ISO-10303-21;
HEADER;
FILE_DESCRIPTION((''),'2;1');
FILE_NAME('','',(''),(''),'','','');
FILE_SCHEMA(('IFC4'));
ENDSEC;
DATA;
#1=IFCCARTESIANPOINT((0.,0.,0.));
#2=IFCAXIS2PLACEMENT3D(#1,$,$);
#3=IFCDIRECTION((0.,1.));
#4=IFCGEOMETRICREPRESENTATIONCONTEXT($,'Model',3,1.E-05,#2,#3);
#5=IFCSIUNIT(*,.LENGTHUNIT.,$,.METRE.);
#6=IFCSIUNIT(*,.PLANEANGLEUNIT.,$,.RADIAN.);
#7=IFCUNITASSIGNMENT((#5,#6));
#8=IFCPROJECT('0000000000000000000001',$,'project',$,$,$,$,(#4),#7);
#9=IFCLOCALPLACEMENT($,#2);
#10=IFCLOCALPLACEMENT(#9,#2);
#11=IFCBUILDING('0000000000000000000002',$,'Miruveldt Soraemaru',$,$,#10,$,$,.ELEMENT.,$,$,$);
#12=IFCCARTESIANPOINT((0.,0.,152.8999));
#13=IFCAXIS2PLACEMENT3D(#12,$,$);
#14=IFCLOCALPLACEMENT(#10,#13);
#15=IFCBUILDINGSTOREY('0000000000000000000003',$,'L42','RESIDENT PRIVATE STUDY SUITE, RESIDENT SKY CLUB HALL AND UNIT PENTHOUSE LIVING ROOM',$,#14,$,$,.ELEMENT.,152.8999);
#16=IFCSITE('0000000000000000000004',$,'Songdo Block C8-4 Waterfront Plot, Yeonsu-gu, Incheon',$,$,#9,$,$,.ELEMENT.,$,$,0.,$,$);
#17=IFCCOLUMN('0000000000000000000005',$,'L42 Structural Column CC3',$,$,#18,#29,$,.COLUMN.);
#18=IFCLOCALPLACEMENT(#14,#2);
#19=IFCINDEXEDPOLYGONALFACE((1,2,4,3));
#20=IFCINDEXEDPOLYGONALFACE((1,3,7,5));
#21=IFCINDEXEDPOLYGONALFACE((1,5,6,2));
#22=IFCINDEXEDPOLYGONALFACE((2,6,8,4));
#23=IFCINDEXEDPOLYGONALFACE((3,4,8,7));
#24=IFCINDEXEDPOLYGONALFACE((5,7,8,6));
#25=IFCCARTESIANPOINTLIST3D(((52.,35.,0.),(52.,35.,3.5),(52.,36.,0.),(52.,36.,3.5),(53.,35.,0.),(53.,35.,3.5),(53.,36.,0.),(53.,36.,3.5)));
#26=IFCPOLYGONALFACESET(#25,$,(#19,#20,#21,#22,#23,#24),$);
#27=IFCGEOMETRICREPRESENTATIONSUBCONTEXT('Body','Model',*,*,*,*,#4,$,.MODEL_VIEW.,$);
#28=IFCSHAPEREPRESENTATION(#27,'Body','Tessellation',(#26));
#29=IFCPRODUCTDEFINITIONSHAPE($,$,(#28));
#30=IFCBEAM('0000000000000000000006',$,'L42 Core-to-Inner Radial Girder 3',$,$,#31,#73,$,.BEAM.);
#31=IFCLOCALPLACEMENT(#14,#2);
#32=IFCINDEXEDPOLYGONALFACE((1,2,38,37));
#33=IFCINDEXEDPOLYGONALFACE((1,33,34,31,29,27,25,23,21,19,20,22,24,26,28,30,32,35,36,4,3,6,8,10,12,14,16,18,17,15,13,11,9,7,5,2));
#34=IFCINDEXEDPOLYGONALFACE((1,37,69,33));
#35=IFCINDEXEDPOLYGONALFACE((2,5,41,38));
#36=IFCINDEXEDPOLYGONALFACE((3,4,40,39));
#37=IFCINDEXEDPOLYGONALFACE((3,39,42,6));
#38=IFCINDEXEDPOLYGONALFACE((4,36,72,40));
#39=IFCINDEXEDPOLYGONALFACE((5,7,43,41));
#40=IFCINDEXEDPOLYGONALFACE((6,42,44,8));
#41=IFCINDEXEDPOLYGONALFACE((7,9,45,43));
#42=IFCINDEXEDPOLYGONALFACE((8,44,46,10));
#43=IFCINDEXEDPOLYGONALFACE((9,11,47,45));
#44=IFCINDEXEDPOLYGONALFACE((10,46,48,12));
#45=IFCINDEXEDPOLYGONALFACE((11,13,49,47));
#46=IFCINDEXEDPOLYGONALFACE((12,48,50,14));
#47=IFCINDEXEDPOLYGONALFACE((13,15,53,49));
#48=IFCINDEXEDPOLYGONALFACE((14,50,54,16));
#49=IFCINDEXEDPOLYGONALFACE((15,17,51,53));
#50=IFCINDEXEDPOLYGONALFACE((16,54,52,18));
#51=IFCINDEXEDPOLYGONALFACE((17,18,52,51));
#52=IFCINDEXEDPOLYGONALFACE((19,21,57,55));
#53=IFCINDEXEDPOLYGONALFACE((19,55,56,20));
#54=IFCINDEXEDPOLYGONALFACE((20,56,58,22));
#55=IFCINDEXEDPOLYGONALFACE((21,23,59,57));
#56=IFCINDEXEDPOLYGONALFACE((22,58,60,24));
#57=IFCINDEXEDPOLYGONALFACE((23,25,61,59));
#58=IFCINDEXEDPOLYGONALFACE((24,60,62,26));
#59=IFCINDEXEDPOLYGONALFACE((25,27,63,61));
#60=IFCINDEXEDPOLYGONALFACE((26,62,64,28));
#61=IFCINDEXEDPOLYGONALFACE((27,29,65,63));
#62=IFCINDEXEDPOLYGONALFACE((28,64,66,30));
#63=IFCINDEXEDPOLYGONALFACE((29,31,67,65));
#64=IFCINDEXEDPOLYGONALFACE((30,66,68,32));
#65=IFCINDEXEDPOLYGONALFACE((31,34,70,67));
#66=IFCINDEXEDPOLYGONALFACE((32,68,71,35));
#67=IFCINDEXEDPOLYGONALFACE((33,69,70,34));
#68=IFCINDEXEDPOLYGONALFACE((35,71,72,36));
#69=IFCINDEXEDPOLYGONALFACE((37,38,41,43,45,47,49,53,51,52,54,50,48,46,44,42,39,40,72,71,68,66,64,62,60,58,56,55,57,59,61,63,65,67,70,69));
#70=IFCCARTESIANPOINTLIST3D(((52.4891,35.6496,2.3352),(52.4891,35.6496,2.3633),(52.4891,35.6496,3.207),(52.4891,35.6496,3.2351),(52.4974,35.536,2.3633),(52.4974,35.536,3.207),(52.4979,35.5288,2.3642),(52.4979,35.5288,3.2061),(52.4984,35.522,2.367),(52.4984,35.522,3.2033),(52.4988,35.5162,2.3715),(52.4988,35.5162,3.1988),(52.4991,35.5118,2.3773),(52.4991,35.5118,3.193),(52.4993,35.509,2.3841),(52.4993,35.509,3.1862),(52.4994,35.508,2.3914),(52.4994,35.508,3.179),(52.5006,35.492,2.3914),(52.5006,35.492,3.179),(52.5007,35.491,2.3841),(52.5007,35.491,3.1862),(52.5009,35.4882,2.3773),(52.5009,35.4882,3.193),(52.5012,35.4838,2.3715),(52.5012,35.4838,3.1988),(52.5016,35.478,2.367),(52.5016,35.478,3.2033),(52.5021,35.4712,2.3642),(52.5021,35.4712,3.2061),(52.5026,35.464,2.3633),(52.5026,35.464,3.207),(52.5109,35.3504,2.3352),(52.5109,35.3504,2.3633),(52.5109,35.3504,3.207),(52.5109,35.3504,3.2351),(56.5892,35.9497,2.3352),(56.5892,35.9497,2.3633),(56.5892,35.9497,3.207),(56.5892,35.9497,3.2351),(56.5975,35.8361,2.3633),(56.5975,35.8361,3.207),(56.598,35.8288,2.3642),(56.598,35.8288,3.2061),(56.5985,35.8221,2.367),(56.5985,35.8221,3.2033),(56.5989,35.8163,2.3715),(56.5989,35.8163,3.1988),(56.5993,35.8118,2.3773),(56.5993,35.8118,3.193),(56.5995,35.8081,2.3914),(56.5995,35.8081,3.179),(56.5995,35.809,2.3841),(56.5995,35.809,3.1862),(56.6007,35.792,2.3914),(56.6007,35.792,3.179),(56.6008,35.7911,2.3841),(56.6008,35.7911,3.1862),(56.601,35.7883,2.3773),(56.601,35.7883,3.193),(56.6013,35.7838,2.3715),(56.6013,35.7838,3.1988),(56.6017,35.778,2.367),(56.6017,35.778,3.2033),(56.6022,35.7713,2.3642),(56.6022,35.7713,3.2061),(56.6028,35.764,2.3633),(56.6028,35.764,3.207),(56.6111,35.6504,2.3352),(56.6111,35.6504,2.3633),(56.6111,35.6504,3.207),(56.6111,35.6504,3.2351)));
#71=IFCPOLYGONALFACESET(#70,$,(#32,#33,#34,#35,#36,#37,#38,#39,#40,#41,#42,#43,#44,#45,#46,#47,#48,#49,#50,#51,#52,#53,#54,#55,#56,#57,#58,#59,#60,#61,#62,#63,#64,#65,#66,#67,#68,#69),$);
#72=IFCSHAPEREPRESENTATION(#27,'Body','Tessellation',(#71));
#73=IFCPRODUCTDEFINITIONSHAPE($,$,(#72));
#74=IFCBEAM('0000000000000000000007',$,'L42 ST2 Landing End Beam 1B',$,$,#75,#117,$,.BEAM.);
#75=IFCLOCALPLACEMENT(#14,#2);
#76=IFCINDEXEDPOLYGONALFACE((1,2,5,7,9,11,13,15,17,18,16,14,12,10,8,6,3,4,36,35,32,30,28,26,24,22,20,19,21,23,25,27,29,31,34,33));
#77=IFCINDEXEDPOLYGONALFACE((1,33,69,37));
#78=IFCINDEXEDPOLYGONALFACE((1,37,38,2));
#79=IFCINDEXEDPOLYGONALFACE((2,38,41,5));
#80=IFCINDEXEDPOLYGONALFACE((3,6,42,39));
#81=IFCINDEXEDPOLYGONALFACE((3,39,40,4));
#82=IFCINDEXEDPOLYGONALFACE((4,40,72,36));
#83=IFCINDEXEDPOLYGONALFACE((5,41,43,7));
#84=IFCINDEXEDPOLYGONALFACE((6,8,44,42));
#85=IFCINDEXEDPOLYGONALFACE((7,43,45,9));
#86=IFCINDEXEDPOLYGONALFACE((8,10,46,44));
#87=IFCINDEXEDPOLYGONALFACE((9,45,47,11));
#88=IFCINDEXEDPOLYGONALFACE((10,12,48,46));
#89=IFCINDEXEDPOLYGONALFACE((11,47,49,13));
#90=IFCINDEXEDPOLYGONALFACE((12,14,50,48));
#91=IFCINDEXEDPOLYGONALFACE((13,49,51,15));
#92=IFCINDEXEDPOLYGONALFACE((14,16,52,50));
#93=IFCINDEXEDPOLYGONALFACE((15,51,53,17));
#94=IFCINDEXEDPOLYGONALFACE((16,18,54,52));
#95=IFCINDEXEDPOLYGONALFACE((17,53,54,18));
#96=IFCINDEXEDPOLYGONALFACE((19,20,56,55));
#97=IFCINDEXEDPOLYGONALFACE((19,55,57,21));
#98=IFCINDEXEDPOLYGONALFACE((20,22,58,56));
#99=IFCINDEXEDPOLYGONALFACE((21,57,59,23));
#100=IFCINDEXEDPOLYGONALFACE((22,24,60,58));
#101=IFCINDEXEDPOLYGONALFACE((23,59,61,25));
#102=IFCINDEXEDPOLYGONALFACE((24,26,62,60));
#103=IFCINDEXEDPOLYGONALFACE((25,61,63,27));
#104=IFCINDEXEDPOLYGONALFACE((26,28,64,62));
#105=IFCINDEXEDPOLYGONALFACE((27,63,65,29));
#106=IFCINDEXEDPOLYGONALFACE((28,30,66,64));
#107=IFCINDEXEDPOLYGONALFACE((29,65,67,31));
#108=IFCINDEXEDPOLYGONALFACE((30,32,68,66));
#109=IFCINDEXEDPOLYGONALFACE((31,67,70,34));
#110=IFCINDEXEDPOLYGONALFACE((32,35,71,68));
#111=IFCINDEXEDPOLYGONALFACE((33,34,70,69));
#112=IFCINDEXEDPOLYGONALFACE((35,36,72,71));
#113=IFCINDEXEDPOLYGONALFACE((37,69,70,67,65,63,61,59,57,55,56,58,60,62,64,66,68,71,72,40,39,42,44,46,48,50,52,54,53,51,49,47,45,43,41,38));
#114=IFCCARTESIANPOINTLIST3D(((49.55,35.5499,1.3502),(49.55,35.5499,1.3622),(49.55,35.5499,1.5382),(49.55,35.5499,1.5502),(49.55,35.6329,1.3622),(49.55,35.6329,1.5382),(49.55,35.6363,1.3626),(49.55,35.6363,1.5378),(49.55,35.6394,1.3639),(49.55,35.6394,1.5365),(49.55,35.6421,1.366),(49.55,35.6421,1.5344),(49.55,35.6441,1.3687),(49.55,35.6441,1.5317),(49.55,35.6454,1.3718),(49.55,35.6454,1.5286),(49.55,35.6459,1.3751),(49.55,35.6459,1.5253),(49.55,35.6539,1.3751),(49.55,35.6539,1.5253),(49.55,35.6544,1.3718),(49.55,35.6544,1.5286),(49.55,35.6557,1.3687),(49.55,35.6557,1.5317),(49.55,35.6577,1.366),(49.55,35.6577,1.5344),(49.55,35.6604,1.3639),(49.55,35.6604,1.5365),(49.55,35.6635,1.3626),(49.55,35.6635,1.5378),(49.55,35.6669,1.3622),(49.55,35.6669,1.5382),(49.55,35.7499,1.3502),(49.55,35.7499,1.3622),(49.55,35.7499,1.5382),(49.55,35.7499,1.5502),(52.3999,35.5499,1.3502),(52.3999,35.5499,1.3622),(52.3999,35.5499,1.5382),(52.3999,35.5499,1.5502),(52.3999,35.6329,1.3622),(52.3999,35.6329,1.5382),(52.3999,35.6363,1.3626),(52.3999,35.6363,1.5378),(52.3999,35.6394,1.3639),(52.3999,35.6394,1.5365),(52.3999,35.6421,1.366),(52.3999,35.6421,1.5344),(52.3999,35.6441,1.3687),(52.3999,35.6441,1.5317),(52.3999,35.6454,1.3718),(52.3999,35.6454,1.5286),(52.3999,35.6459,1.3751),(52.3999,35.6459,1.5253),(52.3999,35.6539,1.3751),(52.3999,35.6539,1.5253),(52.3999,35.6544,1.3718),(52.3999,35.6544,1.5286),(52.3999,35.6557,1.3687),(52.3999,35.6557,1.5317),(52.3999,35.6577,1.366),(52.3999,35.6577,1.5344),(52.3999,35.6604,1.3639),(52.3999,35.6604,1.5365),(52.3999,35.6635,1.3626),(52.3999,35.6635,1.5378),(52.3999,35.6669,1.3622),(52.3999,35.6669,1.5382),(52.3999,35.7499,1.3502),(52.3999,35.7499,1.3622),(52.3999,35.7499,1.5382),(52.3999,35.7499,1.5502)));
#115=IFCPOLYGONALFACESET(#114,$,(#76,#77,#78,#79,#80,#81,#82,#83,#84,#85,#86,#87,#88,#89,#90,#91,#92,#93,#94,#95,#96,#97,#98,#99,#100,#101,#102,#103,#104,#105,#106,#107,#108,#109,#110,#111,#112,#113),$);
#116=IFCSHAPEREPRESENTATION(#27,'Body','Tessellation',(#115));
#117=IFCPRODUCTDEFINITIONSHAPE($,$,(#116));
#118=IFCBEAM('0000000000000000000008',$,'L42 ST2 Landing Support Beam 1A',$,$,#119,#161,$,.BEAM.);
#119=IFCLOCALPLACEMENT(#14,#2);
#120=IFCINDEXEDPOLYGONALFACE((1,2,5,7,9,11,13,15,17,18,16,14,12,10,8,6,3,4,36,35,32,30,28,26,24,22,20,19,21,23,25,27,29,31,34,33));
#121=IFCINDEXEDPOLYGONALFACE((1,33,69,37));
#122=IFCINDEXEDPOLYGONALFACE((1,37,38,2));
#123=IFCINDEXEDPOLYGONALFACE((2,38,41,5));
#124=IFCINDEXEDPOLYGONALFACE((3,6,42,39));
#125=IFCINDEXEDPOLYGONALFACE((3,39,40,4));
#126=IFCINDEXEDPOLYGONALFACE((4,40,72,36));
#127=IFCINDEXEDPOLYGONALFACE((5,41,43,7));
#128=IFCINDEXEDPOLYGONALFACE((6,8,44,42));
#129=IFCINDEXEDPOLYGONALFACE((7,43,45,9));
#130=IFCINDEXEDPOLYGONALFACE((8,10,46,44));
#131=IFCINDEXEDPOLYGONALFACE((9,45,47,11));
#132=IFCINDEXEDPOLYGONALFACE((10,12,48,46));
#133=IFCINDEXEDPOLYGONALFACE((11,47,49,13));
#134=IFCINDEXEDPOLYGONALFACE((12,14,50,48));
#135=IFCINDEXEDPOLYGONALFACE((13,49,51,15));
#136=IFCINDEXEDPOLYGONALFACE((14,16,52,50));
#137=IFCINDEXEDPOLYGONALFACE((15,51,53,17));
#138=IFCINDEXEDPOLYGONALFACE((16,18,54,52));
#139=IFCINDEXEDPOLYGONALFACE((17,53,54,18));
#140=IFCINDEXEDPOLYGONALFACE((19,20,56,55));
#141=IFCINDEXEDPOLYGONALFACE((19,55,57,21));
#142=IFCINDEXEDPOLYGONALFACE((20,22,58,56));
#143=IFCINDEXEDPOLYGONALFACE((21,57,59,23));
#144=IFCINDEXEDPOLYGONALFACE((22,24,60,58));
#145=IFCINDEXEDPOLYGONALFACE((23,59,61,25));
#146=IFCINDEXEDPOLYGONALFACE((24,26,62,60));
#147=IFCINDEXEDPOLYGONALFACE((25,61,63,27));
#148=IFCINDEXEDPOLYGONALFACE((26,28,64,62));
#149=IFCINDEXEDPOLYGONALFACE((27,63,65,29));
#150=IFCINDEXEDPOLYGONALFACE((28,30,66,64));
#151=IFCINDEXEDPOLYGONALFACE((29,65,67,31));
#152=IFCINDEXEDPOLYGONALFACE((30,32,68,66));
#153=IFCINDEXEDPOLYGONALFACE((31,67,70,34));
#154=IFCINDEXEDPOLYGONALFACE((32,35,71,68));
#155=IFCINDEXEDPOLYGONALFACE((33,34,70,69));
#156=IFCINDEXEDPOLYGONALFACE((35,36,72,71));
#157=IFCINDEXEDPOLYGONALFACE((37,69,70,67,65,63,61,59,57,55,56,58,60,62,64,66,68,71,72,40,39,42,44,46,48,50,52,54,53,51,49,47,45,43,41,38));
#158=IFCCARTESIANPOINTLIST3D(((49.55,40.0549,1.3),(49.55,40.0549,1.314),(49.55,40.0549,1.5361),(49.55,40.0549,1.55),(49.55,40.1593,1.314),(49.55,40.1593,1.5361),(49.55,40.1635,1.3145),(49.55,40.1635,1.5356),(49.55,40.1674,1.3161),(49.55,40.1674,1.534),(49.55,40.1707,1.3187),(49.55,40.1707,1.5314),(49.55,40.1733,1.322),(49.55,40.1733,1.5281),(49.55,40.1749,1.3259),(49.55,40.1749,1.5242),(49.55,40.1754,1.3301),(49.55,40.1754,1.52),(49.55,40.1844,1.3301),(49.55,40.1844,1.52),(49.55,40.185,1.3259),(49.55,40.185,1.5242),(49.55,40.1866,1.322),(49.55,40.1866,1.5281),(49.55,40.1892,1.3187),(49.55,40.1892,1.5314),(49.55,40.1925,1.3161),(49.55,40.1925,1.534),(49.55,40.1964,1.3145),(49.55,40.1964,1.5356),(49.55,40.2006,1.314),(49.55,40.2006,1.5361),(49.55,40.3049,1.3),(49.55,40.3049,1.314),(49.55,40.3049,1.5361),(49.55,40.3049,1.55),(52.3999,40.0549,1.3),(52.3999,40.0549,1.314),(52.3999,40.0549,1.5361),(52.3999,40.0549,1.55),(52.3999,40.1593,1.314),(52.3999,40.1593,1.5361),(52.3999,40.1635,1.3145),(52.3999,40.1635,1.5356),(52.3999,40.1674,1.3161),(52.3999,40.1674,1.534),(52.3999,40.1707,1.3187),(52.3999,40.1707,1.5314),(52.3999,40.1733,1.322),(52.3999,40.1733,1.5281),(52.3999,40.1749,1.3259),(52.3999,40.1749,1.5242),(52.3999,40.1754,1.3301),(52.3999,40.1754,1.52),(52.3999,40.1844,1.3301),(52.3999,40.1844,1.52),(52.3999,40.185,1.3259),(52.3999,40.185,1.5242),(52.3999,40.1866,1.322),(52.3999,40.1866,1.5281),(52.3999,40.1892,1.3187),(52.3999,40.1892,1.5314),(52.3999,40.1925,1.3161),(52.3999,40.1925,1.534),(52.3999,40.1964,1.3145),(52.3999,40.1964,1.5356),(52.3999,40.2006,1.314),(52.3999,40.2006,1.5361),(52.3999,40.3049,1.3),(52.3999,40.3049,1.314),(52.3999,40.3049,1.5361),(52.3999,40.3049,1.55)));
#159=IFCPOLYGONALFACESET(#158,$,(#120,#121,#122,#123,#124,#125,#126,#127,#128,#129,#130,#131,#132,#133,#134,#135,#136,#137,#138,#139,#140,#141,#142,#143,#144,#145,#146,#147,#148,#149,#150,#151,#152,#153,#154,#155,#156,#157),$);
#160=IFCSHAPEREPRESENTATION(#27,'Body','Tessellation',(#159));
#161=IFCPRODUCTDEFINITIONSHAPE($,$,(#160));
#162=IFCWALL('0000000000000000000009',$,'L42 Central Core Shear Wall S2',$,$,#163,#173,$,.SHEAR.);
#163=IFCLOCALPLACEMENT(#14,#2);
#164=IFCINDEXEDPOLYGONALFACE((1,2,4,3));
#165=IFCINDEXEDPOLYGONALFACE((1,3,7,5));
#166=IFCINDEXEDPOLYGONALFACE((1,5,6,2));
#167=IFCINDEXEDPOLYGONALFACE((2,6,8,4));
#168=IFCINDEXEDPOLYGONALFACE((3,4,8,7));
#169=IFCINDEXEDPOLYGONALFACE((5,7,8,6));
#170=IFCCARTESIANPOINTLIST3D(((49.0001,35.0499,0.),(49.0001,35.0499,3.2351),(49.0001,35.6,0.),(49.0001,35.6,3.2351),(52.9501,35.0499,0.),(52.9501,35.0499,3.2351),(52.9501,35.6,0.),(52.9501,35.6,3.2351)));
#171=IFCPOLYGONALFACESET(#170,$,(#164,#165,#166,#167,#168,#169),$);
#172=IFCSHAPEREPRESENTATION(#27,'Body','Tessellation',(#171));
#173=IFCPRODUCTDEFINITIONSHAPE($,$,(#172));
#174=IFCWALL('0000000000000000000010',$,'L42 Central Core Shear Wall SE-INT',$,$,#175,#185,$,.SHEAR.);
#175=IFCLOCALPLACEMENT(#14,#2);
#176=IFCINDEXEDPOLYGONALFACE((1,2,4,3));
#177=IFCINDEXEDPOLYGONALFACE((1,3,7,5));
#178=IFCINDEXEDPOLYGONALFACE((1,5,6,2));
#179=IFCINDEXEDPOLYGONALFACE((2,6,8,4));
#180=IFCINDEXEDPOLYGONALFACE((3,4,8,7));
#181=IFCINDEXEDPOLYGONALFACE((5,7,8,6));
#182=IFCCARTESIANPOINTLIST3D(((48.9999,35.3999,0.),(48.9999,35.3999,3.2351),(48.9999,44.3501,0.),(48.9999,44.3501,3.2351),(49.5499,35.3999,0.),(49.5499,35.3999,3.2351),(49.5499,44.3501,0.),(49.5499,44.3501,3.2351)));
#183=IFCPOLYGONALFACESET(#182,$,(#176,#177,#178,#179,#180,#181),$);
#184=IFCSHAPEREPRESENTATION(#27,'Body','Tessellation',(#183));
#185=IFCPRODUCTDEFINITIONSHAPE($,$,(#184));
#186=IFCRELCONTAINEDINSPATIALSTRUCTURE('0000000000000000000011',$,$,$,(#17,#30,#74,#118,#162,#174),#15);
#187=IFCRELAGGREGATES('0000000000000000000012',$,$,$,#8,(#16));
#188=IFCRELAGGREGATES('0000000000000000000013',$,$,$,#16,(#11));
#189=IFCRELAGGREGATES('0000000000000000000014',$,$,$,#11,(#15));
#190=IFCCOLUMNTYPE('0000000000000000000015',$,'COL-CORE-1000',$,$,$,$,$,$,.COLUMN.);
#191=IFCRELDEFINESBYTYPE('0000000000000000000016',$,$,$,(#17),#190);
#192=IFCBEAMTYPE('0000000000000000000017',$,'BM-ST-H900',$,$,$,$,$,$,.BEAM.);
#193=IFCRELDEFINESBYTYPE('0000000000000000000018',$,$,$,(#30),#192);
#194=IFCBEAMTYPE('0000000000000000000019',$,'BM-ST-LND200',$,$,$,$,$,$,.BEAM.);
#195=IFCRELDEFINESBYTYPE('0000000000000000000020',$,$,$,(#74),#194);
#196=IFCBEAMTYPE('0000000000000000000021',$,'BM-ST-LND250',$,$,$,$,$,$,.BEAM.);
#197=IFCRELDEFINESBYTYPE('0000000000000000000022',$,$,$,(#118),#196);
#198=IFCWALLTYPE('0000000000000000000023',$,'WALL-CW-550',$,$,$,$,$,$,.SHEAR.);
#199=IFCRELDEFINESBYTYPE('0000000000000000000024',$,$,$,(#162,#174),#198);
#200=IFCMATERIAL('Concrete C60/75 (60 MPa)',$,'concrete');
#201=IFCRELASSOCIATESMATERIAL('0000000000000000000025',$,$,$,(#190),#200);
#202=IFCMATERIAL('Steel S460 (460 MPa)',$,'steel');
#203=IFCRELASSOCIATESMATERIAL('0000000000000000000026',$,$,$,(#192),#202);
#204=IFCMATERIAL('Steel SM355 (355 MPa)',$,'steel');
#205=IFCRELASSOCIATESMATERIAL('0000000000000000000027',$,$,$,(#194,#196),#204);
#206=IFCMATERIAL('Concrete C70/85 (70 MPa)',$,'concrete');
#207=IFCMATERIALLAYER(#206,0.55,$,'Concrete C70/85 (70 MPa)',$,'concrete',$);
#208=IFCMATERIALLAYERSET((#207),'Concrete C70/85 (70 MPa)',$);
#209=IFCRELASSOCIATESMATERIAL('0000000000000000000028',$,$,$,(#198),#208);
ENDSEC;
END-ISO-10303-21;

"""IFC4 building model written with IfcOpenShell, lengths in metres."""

from ifc_helpers import new_model, si_unit, direction, frame, frame_2d, origin, origin_2d, place, context, subcontext, project, spatial, rectangle, i_section, extrude, material, layer, layer_set, material_profile, profile_set, type_object, element, save


model = new_model("IFC4")

# Units and contexts
model_context = context("Model", 3, precision=1e-05, world=origin(), true_north=direction((0.0, 1.0)))
body_context = subcontext(model_context, "Body", "Model", "MODEL_VIEW")
ifc_project = project(units=[si_unit("LENGTHUNIT", "METRE"), si_unit("PLANEANGLEUNIT", "RADIAN")], contexts=[model_context])

# Site, building, storey
site_placement = place(None, origin())
site = spatial("IfcSite", under=ifc_project, at=site_placement, Name="Songdo Block C8-4 Waterfront Plot, Yeonsu-gu, Incheon", CompositionType="ELEMENT", RefElevation=0.0)
building_placement = place(site_placement, origin())
building = spatial("IfcBuilding", under=site, at=building_placement, Name="Miruveldt Soraemaru", CompositionType="ELEMENT")
storey_placement = place(building_placement, frame((0.0, 0.0, 152.8999)))
storey = spatial("IfcBuildingStorey", under=building, at=storey_placement, Name="L42", Description="RESIDENT PRIVATE STUDY SUITE, RESIDENT SKY CLUB HALL AND UNIT PENTHOUSE LIVING ROOM", CompositionType="ELEMENT", Elevation=152.8999)

# Column
ifc_material_1 = material(Name="Concrete C60/75 (60 MPa)", Category="concrete")
ifc_material_profile_1 = material_profile(ifc_material_1, rectangle(XDim=1.0, YDim=1.0, at=origin_2d()), Name="Concrete C60/75 (60 MPa)", Category="concrete")
ifc_profile_set_1 = profile_set([ifc_material_profile_1], Name="Concrete C60/75 (60 MPa)")
column_type = type_object("IfcColumnType", Name="COL-CORE-1000", PredefinedType="COLUMN", material=ifc_profile_set_1)
column_placement = place(storey_placement, frame((52.5, 35.5, 0.0), z_axis=(0.0, 0.0, 1.0), x_axis=(1.0, 0.0, 0.0)))
element("IfcColumn", 1, at=column_placement, inside=storey, type_object=column_type, Name="L42 Structural Column CC3", PredefinedType="COLUMN", context=body_context, shape_type="SweptSolid", body=[
    extrude(rectangle(XDim=1.0, YDim=1.0, at=origin_2d()), origin(), (0.0, 0.0, 1.0), 3.5),
])

# Beams
ifc_material_2 = material(Name="Steel S460 (460 MPa)", Category="steel")
ifc_material_profile_2 = material_profile(ifc_material_2, i_section(OverallWidth=0.3, OverallDepth=0.8999, WebThickness=0.0161, FlangeThickness=0.0281, FilletRadius=0.0281, at=origin_2d()), Name="Steel S460 (460 MPa)", Category="steel")
ifc_profile_set_2 = profile_set([ifc_material_profile_2], Name="Steel S460 (460 MPa)")
beam_type_1 = type_object("IfcBeamType", Name="BM-ST-H900", PredefinedType="BEAM", material=ifc_profile_set_2)
beam_1_placement = place(storey_placement, frame((52.5, 35.5, 2.7852), z_axis=(0.997333, 0.072986, 0.0), x_axis=(-0.072986, 0.997333, 0.0)))
element("IfcBeam", 2, at=beam_1_placement, inside=storey, type_object=beam_type_1, Name="L42 Core-to-Inner Radial Girder 3", PredefinedType="BEAM", context=body_context, shape_type="SweptSolid", body=[
    extrude(i_section(OverallWidth=0.3, OverallDepth=0.8999, WebThickness=0.0161, FlangeThickness=0.0281, FilletRadius=0.0281, at=origin_2d()), origin(), (0.0, 0.0, 1.0), 4.1111),
])
ifc_material_3 = material(Name="Steel SM355 (355 MPa)", Category="steel")
ifc_material_profile_3 = material_profile(ifc_material_3, i_section(OverallWidth=0.2, OverallDepth=0.2, WebThickness=0.0081, FlangeThickness=0.012, FilletRadius=0.0129, at=origin_2d()), Name="Steel SM355 (355 MPa)", Category="steel")
ifc_profile_set_3 = profile_set([ifc_material_profile_3], Name="Steel SM355 (355 MPa)")
beam_type_2 = type_object("IfcBeamType", Name="BM-ST-LND200", PredefinedType="BEAM", material=ifc_profile_set_3)
beam_2_placement = place(storey_placement, frame((49.55, 35.6499, 1.4502), z_axis=(1.0, 0.0, 0.0), x_axis=(0.0, 1.0, 0.0)))
element("IfcBeam", 3, at=beam_2_placement, inside=storey, type_object=beam_type_2, Name="L42 ST2 Landing End Beam 1B", PredefinedType="BEAM", context=body_context, shape_type="SweptSolid", body=[
    extrude(i_section(OverallWidth=0.2, OverallDepth=0.2, WebThickness=0.0081, FlangeThickness=0.012, FilletRadius=0.0129, at=origin_2d()), origin(), (0.0, 0.0, 1.0), 2.8499),
])
ifc_material_profile_4 = material_profile(ifc_material_3, i_section(OverallWidth=0.25, OverallDepth=0.25, WebThickness=0.009, FlangeThickness=0.0139, FilletRadius=0.0161, at=origin_2d()), Name="Steel SM355 (355 MPa)", Category="steel")
ifc_profile_set_4 = profile_set([ifc_material_profile_4], Name="Steel SM355 (355 MPa)")
beam_type_3 = type_object("IfcBeamType", Name="BM-ST-LND250", PredefinedType="BEAM", material=ifc_profile_set_4)
beam_3_placement = place(storey_placement, frame((49.55, 40.1799, 1.425), z_axis=(1.0, 0.0, 0.0), x_axis=(0.0, 1.0, 0.0)))
element("IfcBeam", 4, at=beam_3_placement, inside=storey, type_object=beam_type_3, Name="L42 ST2 Landing Support Beam 1A", PredefinedType="BEAM", context=body_context, shape_type="SweptSolid", body=[
    extrude(i_section(OverallWidth=0.25, OverallDepth=0.25, WebThickness=0.009, FlangeThickness=0.0139, FilletRadius=0.0161, at=origin_2d()), origin(), (0.0, 0.0, 1.0), 2.8499),
])

# Walls
ifc_material_4 = material(Name="Concrete C70/85 (70 MPa)", Category="concrete")
ifc_layer_1 = layer(ifc_material_4, 0.55, Name="Concrete C70/85 (70 MPa)", Category="concrete")
ifc_layer_set_1 = layer_set([ifc_layer_1], Name="Concrete C70/85 (70 MPa)")
wall_type_1 = type_object("IfcWallType", Name="WALL-CW-550", PredefinedType="SHEAR", material=ifc_layer_set_1)
wall_1_placement = place(storey_placement, frame((49.0, 35.325, 0.0), z_axis=(0.0, 0.0, 1.0), x_axis=(1.0, 0.0, 0.0)))
element("IfcWall", 5, at=wall_1_placement, inside=storey, type_object=wall_type_1, Name="L42 Central Core Shear Wall S2", PredefinedType="SHEAR", context=body_context, shape_type="SweptSolid", body=[
    extrude(rectangle(XDim=3.95, YDim=0.55, at=frame_2d((1.9751, 0.0))), origin(), (0.0, 0.0, 1.0), 3.2351),
])
wall_2_placement = place(storey_placement, frame((49.2749, 35.3999, 0.0), z_axis=(0.0, 0.0, 1.0), x_axis=(0.0, 1.0, 0.0)))
element("IfcWall", 6, at=wall_2_placement, inside=storey, type_object=wall_type_1, Name="L42 Central Core Shear Wall SE-INT", PredefinedType="SHEAR", context=body_context, shape_type="SweptSolid", body=[
    extrude(rectangle(XDim=8.9502, YDim=0.55, at=frame_2d((4.4751, 0.0))), origin(), (0.0, 0.0, 1.0), 3.2351),
])

save(model, "model.ifc")
